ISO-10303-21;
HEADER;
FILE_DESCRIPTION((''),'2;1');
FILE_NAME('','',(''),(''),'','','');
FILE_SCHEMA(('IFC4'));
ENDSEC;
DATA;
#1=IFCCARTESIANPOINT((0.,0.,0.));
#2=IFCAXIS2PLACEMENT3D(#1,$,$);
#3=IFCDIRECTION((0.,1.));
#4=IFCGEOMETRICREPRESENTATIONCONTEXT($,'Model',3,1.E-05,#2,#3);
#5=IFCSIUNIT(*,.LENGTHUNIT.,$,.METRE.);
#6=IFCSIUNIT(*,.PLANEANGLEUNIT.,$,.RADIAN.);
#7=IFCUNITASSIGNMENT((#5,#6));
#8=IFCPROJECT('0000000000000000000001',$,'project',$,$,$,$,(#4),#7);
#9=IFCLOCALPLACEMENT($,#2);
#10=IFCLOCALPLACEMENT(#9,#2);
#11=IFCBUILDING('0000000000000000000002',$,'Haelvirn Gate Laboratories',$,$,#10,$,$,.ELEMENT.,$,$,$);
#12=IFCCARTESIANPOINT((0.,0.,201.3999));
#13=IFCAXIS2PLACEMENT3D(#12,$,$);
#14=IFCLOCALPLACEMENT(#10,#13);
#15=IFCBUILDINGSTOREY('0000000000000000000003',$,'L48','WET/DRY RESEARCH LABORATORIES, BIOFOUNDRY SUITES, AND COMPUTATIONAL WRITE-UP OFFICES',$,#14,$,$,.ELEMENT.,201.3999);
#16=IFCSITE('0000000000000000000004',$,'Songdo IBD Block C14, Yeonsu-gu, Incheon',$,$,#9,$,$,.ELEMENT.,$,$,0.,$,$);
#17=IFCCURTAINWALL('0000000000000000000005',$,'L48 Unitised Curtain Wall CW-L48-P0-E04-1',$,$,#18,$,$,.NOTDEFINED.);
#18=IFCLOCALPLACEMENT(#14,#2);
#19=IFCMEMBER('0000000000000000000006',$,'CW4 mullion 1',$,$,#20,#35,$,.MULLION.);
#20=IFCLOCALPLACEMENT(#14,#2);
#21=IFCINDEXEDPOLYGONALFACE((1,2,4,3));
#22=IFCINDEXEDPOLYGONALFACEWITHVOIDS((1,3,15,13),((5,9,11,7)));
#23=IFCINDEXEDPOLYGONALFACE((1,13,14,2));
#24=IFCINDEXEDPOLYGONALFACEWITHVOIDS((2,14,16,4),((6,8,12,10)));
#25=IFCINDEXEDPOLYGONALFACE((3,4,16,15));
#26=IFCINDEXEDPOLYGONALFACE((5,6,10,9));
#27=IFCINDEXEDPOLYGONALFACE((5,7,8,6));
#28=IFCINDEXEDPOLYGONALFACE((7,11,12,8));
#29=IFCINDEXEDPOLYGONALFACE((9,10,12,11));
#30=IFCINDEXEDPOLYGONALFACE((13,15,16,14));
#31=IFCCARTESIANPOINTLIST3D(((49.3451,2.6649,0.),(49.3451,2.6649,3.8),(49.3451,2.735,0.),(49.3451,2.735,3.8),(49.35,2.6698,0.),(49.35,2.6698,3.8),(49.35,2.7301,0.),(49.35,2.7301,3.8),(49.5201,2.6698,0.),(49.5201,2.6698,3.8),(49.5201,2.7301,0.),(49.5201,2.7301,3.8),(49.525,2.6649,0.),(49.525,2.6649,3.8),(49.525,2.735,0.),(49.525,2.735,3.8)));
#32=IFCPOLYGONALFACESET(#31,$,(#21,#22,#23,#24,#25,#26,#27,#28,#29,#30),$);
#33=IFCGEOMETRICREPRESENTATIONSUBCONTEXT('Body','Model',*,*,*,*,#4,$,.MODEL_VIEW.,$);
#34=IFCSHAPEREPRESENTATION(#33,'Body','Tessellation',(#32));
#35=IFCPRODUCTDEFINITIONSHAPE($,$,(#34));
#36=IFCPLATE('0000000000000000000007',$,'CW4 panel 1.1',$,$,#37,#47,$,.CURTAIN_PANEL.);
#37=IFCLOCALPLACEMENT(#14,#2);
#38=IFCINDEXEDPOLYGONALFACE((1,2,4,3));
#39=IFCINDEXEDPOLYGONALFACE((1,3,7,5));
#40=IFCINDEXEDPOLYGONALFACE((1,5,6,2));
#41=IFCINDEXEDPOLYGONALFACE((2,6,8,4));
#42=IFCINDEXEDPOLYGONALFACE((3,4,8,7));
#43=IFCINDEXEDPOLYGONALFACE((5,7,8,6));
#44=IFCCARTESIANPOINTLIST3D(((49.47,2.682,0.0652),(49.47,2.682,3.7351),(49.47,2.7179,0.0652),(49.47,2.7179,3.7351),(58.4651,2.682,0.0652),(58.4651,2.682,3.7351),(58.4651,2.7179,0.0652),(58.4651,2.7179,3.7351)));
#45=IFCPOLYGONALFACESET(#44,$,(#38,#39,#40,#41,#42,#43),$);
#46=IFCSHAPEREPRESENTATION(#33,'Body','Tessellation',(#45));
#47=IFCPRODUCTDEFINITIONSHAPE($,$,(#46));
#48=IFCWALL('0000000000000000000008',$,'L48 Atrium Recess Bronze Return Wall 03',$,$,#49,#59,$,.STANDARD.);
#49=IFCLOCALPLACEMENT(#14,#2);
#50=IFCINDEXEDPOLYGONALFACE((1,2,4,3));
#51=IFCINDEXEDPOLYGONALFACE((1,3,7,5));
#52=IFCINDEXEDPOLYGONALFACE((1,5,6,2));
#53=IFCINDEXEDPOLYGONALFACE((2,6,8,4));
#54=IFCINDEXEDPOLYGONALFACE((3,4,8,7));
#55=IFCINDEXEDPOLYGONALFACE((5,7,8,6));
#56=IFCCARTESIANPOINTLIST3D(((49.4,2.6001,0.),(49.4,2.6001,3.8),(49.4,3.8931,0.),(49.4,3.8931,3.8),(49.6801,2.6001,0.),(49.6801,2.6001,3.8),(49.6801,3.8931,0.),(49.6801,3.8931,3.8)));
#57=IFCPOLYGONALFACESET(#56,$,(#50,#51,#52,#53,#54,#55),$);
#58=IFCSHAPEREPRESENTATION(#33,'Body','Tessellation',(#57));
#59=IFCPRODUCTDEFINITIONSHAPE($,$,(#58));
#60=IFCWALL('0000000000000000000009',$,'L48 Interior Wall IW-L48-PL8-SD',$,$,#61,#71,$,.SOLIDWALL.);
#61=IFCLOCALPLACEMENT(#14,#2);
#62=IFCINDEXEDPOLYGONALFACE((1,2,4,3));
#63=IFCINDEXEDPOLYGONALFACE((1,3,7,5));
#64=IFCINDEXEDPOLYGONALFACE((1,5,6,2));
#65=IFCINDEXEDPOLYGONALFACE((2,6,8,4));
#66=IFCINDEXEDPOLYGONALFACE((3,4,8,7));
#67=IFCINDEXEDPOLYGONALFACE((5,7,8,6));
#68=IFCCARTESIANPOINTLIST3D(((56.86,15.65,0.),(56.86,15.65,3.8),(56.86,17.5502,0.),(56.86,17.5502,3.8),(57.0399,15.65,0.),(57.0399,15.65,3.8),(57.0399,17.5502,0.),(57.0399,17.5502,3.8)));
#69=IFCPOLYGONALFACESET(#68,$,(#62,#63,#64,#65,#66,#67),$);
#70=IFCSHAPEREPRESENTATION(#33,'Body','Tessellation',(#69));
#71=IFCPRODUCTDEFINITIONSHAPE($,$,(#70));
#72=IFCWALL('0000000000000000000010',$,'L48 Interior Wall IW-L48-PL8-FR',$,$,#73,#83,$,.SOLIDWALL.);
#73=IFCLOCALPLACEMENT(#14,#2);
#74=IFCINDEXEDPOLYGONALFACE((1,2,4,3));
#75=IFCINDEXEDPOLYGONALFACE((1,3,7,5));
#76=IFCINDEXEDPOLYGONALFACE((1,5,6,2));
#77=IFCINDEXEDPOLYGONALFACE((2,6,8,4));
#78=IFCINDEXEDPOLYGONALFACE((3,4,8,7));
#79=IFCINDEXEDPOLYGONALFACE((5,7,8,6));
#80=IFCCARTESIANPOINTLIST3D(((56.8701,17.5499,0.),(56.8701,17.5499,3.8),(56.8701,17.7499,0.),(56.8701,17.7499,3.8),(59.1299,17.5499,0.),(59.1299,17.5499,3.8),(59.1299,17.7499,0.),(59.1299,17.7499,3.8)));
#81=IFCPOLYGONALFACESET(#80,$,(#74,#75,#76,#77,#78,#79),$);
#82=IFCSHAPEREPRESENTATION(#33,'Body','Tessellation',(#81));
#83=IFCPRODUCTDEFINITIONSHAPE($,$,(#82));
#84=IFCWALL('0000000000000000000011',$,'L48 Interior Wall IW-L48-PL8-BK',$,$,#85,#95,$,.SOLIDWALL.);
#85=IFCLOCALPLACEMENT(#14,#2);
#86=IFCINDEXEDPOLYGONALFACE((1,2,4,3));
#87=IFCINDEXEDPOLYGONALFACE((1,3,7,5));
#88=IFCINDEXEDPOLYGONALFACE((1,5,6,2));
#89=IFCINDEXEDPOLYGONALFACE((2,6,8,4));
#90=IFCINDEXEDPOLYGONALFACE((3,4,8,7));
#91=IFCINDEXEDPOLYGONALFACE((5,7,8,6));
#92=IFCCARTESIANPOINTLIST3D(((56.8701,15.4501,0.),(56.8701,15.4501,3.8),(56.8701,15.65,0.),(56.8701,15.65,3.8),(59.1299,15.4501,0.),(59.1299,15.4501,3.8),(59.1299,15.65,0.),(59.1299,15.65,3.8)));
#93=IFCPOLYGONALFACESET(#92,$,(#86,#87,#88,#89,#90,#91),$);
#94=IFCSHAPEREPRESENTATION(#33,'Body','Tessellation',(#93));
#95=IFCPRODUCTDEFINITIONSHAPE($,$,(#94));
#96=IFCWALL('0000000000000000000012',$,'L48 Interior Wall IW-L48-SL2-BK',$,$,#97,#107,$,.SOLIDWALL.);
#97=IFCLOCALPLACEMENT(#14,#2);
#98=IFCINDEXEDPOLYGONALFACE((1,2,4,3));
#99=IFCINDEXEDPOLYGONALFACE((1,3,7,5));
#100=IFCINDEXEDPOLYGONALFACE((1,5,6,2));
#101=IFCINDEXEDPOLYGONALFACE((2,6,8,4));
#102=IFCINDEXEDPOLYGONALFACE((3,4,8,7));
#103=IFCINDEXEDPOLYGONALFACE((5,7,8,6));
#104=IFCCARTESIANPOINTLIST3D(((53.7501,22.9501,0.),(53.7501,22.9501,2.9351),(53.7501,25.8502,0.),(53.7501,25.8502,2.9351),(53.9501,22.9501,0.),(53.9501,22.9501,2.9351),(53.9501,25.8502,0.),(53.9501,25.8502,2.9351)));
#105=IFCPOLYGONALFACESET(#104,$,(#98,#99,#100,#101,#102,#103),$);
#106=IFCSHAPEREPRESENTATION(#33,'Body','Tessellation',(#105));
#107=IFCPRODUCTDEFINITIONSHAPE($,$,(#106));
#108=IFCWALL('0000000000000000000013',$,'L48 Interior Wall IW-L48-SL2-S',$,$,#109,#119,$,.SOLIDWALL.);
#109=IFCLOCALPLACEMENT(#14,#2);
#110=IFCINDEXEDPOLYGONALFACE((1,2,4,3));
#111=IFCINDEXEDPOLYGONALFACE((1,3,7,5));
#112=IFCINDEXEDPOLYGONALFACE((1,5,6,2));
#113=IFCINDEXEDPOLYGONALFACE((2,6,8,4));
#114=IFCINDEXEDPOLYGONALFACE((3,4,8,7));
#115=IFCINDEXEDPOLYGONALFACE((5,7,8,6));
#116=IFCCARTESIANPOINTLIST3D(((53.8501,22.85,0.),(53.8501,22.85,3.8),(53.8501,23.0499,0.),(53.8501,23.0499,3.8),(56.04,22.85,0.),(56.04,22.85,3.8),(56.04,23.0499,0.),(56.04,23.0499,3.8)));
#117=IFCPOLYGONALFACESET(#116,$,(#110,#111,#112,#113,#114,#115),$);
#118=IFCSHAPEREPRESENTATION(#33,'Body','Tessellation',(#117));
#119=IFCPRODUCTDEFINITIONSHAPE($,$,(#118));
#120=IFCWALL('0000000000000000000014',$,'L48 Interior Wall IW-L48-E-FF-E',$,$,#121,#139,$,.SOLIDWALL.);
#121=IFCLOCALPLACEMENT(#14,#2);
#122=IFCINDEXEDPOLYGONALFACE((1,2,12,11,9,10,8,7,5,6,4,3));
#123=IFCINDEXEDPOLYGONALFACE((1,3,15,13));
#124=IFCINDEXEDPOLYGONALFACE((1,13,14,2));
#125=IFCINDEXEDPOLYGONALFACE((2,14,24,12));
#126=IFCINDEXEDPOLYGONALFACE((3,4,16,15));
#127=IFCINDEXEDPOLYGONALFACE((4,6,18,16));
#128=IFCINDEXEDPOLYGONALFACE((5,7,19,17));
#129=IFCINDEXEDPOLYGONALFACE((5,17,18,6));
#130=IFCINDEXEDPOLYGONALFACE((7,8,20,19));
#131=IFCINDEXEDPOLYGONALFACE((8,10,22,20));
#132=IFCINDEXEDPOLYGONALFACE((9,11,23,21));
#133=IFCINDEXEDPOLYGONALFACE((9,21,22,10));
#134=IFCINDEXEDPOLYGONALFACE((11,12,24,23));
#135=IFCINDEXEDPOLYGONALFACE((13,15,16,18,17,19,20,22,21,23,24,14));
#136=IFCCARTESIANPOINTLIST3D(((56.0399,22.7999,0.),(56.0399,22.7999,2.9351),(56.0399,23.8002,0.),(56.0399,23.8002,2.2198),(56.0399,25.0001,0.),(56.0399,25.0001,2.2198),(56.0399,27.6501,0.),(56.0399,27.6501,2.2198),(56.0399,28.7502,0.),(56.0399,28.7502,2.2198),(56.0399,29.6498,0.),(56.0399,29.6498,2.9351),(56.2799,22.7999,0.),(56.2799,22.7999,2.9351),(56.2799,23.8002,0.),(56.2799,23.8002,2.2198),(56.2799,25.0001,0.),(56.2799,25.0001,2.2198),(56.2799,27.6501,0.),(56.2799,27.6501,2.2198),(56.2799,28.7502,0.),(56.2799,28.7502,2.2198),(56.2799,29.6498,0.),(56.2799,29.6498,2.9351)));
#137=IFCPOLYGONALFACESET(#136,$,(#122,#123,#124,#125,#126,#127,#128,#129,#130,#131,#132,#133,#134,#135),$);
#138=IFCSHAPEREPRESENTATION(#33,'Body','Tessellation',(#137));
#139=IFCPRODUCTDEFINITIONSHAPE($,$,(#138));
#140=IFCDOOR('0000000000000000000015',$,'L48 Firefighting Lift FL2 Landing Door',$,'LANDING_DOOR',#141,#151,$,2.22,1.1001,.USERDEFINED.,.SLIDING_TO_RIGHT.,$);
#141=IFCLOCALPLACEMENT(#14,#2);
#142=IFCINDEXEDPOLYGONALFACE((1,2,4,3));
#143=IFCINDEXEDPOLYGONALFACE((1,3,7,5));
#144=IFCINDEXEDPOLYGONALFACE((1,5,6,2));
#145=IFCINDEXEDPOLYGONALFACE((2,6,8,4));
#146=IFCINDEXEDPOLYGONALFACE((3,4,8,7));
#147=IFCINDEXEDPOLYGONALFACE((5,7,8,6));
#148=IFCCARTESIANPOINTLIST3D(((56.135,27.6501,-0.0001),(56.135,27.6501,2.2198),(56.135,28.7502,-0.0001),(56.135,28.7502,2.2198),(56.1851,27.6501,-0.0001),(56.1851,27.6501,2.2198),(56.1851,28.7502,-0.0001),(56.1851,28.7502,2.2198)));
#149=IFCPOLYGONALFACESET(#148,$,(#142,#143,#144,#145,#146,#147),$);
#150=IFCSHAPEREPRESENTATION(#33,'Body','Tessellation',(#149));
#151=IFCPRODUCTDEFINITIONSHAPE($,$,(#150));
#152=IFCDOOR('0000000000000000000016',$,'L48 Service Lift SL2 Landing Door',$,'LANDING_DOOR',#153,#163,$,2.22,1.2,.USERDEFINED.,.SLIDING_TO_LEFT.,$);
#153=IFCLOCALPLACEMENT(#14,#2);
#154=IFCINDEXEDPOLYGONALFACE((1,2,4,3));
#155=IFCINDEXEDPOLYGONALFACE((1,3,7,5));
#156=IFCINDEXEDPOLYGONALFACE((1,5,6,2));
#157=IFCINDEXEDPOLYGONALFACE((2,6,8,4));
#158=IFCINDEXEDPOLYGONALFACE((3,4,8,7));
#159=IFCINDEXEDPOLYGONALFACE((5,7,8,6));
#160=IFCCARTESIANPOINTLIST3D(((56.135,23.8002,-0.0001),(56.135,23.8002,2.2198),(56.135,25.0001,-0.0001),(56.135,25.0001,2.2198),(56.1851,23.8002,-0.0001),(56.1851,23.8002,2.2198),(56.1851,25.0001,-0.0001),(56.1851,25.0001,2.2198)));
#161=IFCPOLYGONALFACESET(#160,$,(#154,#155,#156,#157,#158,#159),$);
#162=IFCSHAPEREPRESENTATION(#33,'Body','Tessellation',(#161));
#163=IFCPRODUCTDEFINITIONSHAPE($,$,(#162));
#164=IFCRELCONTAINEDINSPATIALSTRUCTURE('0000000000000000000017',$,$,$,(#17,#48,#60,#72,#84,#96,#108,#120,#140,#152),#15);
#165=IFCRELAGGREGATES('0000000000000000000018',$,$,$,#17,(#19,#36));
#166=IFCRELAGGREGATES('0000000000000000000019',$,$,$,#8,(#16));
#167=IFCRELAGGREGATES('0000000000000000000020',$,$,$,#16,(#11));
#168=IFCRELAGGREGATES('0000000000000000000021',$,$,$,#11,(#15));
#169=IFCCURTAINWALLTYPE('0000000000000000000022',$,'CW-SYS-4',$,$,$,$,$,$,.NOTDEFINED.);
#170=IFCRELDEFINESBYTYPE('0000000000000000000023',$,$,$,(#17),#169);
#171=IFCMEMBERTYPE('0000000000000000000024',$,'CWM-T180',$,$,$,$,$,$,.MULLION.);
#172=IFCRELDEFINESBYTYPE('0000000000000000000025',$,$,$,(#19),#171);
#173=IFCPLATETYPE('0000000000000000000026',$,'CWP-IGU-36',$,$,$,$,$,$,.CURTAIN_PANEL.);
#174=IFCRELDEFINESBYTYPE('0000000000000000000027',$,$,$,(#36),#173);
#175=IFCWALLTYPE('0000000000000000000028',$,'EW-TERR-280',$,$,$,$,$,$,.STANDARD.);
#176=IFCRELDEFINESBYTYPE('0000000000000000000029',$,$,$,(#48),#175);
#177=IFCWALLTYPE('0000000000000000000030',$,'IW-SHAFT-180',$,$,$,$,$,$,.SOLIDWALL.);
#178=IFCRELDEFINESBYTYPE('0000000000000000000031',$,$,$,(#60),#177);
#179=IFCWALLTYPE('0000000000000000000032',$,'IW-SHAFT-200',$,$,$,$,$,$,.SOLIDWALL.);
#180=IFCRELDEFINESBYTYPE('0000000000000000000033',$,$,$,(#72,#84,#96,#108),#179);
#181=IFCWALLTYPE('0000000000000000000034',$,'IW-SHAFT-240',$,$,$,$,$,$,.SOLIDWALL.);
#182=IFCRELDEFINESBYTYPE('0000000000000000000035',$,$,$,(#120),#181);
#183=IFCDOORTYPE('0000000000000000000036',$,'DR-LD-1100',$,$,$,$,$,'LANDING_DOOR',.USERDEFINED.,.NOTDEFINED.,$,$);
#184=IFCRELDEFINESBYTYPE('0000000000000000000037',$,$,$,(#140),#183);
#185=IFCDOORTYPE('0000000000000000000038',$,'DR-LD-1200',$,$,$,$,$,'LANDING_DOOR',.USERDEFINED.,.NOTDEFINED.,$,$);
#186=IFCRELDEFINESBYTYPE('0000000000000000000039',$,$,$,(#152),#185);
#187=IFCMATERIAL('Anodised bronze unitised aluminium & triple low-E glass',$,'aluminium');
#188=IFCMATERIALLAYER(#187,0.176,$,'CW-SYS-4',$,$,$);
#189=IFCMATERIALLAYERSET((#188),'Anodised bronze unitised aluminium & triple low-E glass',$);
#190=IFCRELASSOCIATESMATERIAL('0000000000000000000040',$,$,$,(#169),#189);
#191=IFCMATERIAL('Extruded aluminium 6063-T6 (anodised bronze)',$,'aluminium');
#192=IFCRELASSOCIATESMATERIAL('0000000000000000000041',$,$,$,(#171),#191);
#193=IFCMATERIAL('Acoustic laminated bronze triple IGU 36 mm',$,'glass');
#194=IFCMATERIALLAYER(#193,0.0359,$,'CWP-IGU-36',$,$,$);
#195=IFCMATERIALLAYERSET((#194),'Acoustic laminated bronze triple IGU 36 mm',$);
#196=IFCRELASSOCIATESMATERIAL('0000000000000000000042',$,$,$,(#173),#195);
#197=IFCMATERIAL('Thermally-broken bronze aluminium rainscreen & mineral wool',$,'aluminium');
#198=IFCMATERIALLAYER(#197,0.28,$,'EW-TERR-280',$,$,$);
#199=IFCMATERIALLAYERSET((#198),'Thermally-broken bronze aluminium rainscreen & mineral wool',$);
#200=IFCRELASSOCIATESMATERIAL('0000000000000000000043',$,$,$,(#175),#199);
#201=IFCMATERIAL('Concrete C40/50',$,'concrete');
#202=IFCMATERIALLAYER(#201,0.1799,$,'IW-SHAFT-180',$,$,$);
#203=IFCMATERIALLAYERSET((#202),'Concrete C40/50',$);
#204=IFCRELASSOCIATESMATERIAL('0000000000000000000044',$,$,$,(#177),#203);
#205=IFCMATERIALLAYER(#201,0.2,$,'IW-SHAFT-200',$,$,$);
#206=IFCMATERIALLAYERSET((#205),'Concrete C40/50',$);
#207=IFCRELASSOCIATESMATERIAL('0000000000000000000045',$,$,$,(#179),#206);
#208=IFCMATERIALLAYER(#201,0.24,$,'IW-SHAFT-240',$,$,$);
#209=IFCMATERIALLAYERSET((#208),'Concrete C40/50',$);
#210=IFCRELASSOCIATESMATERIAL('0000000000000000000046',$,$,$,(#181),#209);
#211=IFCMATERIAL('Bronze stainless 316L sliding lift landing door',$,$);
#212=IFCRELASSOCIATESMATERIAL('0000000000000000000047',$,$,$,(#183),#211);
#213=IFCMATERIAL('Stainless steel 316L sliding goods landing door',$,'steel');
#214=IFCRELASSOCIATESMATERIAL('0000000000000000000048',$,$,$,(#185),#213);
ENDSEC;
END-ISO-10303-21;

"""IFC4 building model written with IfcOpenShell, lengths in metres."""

from ifc_helpers import new_model, si_unit, direction, frame, frame_2d, origin, origin_2d, place, context, subcontext, project, spatial, rectangle, hollow_rectangle, extrude, source, transform, mapped, material, layer, layer_set, material_profile, profile_set, type_object, type_shapes, element, fill, aggregate, save


model = new_model("IFC4")

# Units and contexts
model_context = context("Model", 3, precision=1e-05, world=origin(), true_north=direction((0.0, 1.0)))
body_context = subcontext(model_context, "Body", "Model", "MODEL_VIEW")
ifc_project = project(units=[si_unit("LENGTHUNIT", "METRE"), si_unit("PLANEANGLEUNIT", "RADIAN")], contexts=[model_context])

# Site, building, storey
site_placement = place(None, origin())
site = spatial("IfcSite", under=ifc_project, at=site_placement, Name="Songdo IBD Block C14, Yeonsu-gu, Incheon", CompositionType="ELEMENT", RefElevation=0.0)
building_placement = place(site_placement, origin())
building = spatial("IfcBuilding", under=site, at=building_placement, Name="Haelvirn Gate Laboratories", CompositionType="ELEMENT")
storey_placement = place(building_placement, frame((0.0, 0.0, 201.3999)))
storey = spatial("IfcBuildingStorey", under=building, at=storey_placement, Name="L48", Description="WET/DRY RESEARCH LABORATORIES, BIOFOUNDRY SUITES, AND COMPUTATIONAL WRITE-UP OFFICES", CompositionType="ELEMENT", Elevation=201.3999)

# Curtain wall
ifc_material_1 = material(Name="Anodised bronze unitised aluminium & triple low-E glass", Category="aluminium")
ifc_layer_1 = layer(ifc_material_1, 0.176, Name="CW-SYS-4")
ifc_layer_set_1 = layer_set([ifc_layer_1], Name="Anodised bronze unitised aluminium & triple low-E glass")
curtain_wall_type = type_object("IfcCurtainWallType", Name="CW-SYS-4", PredefinedType="NOTDEFINED", material=ifc_layer_set_1)
curtain_wall_1_placement = place(storey_placement, origin())
curtain_wall_1 = element("IfcCurtainWall", 1, at=curtain_wall_1_placement, inside=storey, type_object=curtain_wall_type, Name="L48 Unitised Curtain Wall CW-L48-P0-E04-1", PredefinedType="NOTDEFINED")
ifc_material_2 = material(Name="Extruded aluminium 6063-T6 (anodised bronze)", Category="aluminium")

# Shared definitions
ifc_material_profile_1 = material_profile(ifc_material_2, hollow_rectangle(XDim=0.0701, YDim=0.1799, WallThickness=0.0049, at=origin_2d()), Name="CWM-180x70x5")
ifc_profile_set_1 = profile_set([ifc_material_profile_1], Name="Extruded aluminium 6063-T6 (anodised bronze)")
member_type_1 = type_object("IfcMemberType", Name="CWM-T180", PredefinedType="MULLION", material=ifc_profile_set_1)
shared_shape_1 = source(origin(), body_context, "Body", "SweptSolid", [
    extrude(hollow_rectangle(XDim=0.0701, YDim=0.1799, WallThickness=0.0049, at=origin_2d()), origin(), (0.0, 0.0, 1.0), 3.8),
])
type_shapes(member_type_1, [shared_shape_1])

# Member
member_1_placement = place(storey_placement, frame((49.4351, 2.7, 0.0), z_axis=(0.0, 0.0, 1.0), x_axis=(0.0, 1.0, 0.0)))
member_1 = element("IfcMember", 2, at=member_1_placement, type_object=member_type_1, Name="CW4 mullion 1", PredefinedType="MULLION", context=body_context, shape_type="MappedRepresentation", body=[
    mapped(shared_shape_1, transform((0.0, 0.0, 0.0), scale=1.0)),
])

# Plate
ifc_material_3 = material(Name="Acoustic laminated bronze triple IGU 36 mm", Category="glass")
ifc_layer_2 = layer(ifc_material_3, 0.0359, Name="CWP-IGU-36")
ifc_layer_set_2 = layer_set([ifc_layer_2], Name="Acoustic laminated bronze triple IGU 36 mm")
plate_type = type_object("IfcPlateType", Name="CWP-IGU-36", PredefinedType="CURTAIN_PANEL", material=ifc_layer_set_2)
shared_shape_2 = source(origin(), body_context, "Body", "SweptSolid", [
    extrude(rectangle(XDim=8.9951, YDim=0.0359, at=origin_2d()), origin(), (0.0, 0.0, 1.0), 3.6699),
])
type_shapes(plate_type, [shared_shape_2])
plate_placement = place(storey_placement, frame((53.9675, 2.7, 0.0652), z_axis=(0.0, 0.0, 1.0), x_axis=(1.0, 0.0, 0.0)))
plate = element("IfcPlate", 3, at=plate_placement, type_object=plate_type, Name="CW4 panel 1.1", PredefinedType="CURTAIN_PANEL", context=body_context, shape_type="MappedRepresentation", body=[
    mapped(shared_shape_2, transform((0.0, 0.0, 0.0), scale=1.0)),
])
aggregate(curtain_wall_1, [member_1, plate])

# Walls
ifc_material_4 = material(Name="Thermally-broken bronze aluminium rainscreen & mineral wool", Category="aluminium")
ifc_layer_3 = layer(ifc_material_4, 0.28, Name="EW-TERR-280")
ifc_layer_set_3 = layer_set([ifc_layer_3], Name="Thermally-broken bronze aluminium rainscreen & mineral wool")
wall_type_1 = type_object("IfcWallType", Name="EW-TERR-280", PredefinedType="STANDARD", material=ifc_layer_set_3)
wall_1_placement = place(storey_placement, frame((49.54, 3.8931, 0.0), z_axis=(0.0, 0.0, 1.0), x_axis=(0.0, -1.0, 0.0)))
element("IfcWall", 4, at=wall_1_placement, inside=storey, type_object=wall_type_1, Name="L48 Atrium Recess Bronze Return Wall 03", PredefinedType="STANDARD", context=body_context, shape_type="SweptSolid", body=[
    extrude(rectangle(XDim=1.293, YDim=0.28, at=frame_2d((0.6465, 0.0))), origin(), (0.0, 0.0, 1.0), 3.8),
])
ifc_material_5 = material(Name="Concrete C40/50", Category="concrete")
ifc_layer_4 = layer(ifc_material_5, 0.1799, Name="IW-SHAFT-180")
ifc_layer_set_4 = layer_set([ifc_layer_4], Name="Concrete C40/50")
wall_type_2 = type_object("IfcWallType", Name="IW-SHAFT-180", PredefinedType="SOLIDWALL", material=ifc_layer_set_4)
wall_2_placement = place(storey_placement, frame((56.95, 15.6499, 0.0), z_axis=(0.0, 0.0, 1.0), x_axis=(0.0, 1.0, 0.0)))
element("IfcWall", 5, at=wall_2_placement, inside=storey, type_object=wall_type_2, Name="L48 Interior Wall IW-L48-PL8-SD", PredefinedType="SOLIDWALL", context=body_context, shape_type="SweptSolid", body=[
    extrude(rectangle(XDim=1.9001, YDim=0.1799, at=frame_2d((0.9502, 0.0))), origin(), (0.0, 0.0, 1.0), 3.8),
])
ifc_layer_5 = layer(ifc_material_5, 0.2, Name="IW-SHAFT-200")
ifc_layer_set_5 = layer_set([ifc_layer_5], Name="Concrete C40/50")
wall_type_3 = type_object("IfcWallType", Name="IW-SHAFT-200", PredefinedType="SOLIDWALL", material=ifc_layer_set_5)
for number, where, z_axis, x_axis, name in (
    (6, (56.8701, 17.6499, 0.0), (0.0, 0.0, 1.0), (1.0, 0.0, 0.0), "L48 Interior Wall IW-L48-PL8-FR"),
    (7, (56.8701, 15.55, 0.0), (0.0, 0.0, 1.0), (1.0, 0.0, 0.0), "L48 Interior Wall IW-L48-PL8-BK"),
):
    element("IfcWall", number, at=place(storey_placement, frame(where, z_axis=z_axis, x_axis=x_axis)), inside=storey, type_object=wall_type_3, Name=name, PredefinedType="SOLIDWALL", context=body_context, shape_type="SweptSolid", body=[
        extrude(rectangle(XDim=2.2598, YDim=0.2, at=frame_2d((1.1299, 0.0))), origin(), (0.0, 0.0, 1.0), 3.8),
    ])
wall_3_placement = place(storey_placement, frame((53.8501, 22.95, 0.0), z_axis=(0.0, 0.0, 1.0), x_axis=(0.0, 1.0, 0.0)))
element("IfcWall", 8, at=wall_3_placement, inside=storey, type_object=wall_type_3, Name="L48 Interior Wall IW-L48-SL2-BK", PredefinedType="SOLIDWALL", context=body_context, shape_type="SweptSolid", body=[
    extrude(rectangle(XDim=2.9001, YDim=0.2, at=frame_2d((1.4502, 0.0))), origin(), (0.0, 0.0, 1.0), 2.9351),
])
wall_4_placement = place(storey_placement, frame((53.8501, 22.95, 0.0), z_axis=(0.0, 0.0, 1.0), x_axis=(1.0, 0.0, 0.0)))
element("IfcWall", 9, at=wall_4_placement, inside=storey, type_object=wall_type_3, Name="L48 Interior Wall IW-L48-SL2-S", PredefinedType="SOLIDWALL", context=body_context, shape_type="SweptSolid", body=[
    extrude(rectangle(XDim=2.1899, YDim=0.2, at=frame_2d((1.095, 0.0))), origin(), (0.0, 0.0, 1.0), 3.8),
])

# Wall, openings, doors
ifc_layer_6 = layer(ifc_material_5, 0.24, Name="IW-SHAFT-240")
ifc_layer_set_6 = layer_set([ifc_layer_6], Name="Concrete C40/50")
wall_type_4 = type_object("IfcWallType", Name="IW-SHAFT-240", PredefinedType="SOLIDWALL", material=ifc_layer_set_6)
wall_5_placement = place(storey_placement, frame((56.1599, 22.8, 0.0), z_axis=(0.0, 0.0, 1.0), x_axis=(0.0, 1.0, 0.0)))
wall_5 = element("IfcWall", 10, at=wall_5_placement, inside=storey, type_object=wall_type_4, Name="L48 Interior Wall IW-L48-E-FF-E", PredefinedType="SOLIDWALL", context=body_context, shape_type="SweptSolid", body=[
    extrude(rectangle(XDim=6.8499, YDim=0.24, at=frame_2d((3.4248, 0.0))), origin(), (0.0, 0.0, 1.0), 2.9351),
])
opening_1_placement = place(wall_5_placement, frame((4.8501, 0.0, 0.0)))
opening_1 = element("IfcOpeningElement", 11, at=opening_1_placement, cuts=wall_5, PredefinedType="OPENING", context=body_context, shape_type="SweptSolid", body=[
    extrude(rectangle(XDim=1.1001, YDim=2.22, at=frame_2d((0.55, 1.1099))), frame((0.0, 0.1299, 0.0), z_axis=(0.0, -1.0, 0.0), x_axis=(1.0, 0.0, 0.0)), (0.0, 0.0, 1.0), 0.26),
])
opening_2_placement = place(wall_5_placement, frame((1.0, 0.0, 0.0)))
opening_2 = element("IfcOpeningElement", 12, at=opening_2_placement, cuts=wall_5, PredefinedType="OPENING", context=body_context, shape_type="SweptSolid", body=[
    extrude(rectangle(XDim=1.2, YDim=2.22, at=frame_2d((0.6001, 1.1099))), frame((0.0, 0.1299, 0.0), z_axis=(0.0, -1.0, 0.0), x_axis=(1.0, 0.0, 0.0)), (0.0, 0.0, 1.0), 0.26),
])
ifc_material_6 = material(Name="Bronze stainless 316L sliding lift landing door")
door_type_1 = type_object("IfcDoorType", Name="DR-LD-1100", ElementType="LANDING_DOOR", OperationType="NOTDEFINED", PredefinedType="USERDEFINED", material=ifc_material_6)
shared_shape_3 = source(origin(), body_context, "Body", "SweptSolid", [
    extrude(rectangle(XDim=1.1001, YDim=2.22, at=frame_2d((0.55, 1.1099))), frame((0.0, 0.0249, 0.0), z_axis=(0.0, -1.0, 0.0), x_axis=(1.0, 0.0, 0.0)), (0.0, 0.0, 1.0), 0.05),
])
type_shapes(door_type_1, [shared_shape_3])
door_1_placement = place(opening_1_placement, origin())
door_1 = element("IfcDoor", 13, at=door_1_placement, inside=storey, type_object=door_type_1, Name="L48 Firefighting Lift FL2 Landing Door", ObjectType="LANDING_DOOR", OperationType="SLIDING_TO_RIGHT", OverallHeight=2.22, OverallWidth=1.1001, PredefinedType="USERDEFINED", context=body_context, shape_type="MappedRepresentation", body=[
    mapped(shared_shape_3, transform((0.0, 0.0, 0.0), scale=1.0)),
])
fill(opening_1, door_1)
ifc_material_7 = material(Name="Stainless steel 316L sliding goods landing door", Category="steel")
door_type_2 = type_object("IfcDoorType", Name="DR-LD-1200", ElementType="LANDING_DOOR", OperationType="NOTDEFINED", PredefinedType="USERDEFINED", material=ifc_material_7)
shared_shape_4 = source(origin(), body_context, "Body", "SweptSolid", [
    extrude(rectangle(XDim=1.2, YDim=2.22, at=frame_2d((0.6001, 1.1099))), frame((0.0, 0.0249, 0.0), z_axis=(0.0, -1.0, 0.0), x_axis=(1.0, 0.0, 0.0)), (0.0, 0.0, 1.0), 0.05),
])
type_shapes(door_type_2, [shared_shape_4])
door_2_placement = place(opening_2_placement, origin())
door_2 = element("IfcDoor", 14, at=door_2_placement, inside=storey, type_object=door_type_2, Name="L48 Service Lift SL2 Landing Door", ObjectType="LANDING_DOOR", OperationType="SLIDING_TO_LEFT", OverallHeight=2.22, OverallWidth=1.2, PredefinedType="USERDEFINED", context=body_context, shape_type="MappedRepresentation", body=[
    mapped(shared_shape_4, transform((0.0, 0.0, 0.0), scale=1.0)),
])
fill(opening_2, door_2)

save(model, "model.ifc")
